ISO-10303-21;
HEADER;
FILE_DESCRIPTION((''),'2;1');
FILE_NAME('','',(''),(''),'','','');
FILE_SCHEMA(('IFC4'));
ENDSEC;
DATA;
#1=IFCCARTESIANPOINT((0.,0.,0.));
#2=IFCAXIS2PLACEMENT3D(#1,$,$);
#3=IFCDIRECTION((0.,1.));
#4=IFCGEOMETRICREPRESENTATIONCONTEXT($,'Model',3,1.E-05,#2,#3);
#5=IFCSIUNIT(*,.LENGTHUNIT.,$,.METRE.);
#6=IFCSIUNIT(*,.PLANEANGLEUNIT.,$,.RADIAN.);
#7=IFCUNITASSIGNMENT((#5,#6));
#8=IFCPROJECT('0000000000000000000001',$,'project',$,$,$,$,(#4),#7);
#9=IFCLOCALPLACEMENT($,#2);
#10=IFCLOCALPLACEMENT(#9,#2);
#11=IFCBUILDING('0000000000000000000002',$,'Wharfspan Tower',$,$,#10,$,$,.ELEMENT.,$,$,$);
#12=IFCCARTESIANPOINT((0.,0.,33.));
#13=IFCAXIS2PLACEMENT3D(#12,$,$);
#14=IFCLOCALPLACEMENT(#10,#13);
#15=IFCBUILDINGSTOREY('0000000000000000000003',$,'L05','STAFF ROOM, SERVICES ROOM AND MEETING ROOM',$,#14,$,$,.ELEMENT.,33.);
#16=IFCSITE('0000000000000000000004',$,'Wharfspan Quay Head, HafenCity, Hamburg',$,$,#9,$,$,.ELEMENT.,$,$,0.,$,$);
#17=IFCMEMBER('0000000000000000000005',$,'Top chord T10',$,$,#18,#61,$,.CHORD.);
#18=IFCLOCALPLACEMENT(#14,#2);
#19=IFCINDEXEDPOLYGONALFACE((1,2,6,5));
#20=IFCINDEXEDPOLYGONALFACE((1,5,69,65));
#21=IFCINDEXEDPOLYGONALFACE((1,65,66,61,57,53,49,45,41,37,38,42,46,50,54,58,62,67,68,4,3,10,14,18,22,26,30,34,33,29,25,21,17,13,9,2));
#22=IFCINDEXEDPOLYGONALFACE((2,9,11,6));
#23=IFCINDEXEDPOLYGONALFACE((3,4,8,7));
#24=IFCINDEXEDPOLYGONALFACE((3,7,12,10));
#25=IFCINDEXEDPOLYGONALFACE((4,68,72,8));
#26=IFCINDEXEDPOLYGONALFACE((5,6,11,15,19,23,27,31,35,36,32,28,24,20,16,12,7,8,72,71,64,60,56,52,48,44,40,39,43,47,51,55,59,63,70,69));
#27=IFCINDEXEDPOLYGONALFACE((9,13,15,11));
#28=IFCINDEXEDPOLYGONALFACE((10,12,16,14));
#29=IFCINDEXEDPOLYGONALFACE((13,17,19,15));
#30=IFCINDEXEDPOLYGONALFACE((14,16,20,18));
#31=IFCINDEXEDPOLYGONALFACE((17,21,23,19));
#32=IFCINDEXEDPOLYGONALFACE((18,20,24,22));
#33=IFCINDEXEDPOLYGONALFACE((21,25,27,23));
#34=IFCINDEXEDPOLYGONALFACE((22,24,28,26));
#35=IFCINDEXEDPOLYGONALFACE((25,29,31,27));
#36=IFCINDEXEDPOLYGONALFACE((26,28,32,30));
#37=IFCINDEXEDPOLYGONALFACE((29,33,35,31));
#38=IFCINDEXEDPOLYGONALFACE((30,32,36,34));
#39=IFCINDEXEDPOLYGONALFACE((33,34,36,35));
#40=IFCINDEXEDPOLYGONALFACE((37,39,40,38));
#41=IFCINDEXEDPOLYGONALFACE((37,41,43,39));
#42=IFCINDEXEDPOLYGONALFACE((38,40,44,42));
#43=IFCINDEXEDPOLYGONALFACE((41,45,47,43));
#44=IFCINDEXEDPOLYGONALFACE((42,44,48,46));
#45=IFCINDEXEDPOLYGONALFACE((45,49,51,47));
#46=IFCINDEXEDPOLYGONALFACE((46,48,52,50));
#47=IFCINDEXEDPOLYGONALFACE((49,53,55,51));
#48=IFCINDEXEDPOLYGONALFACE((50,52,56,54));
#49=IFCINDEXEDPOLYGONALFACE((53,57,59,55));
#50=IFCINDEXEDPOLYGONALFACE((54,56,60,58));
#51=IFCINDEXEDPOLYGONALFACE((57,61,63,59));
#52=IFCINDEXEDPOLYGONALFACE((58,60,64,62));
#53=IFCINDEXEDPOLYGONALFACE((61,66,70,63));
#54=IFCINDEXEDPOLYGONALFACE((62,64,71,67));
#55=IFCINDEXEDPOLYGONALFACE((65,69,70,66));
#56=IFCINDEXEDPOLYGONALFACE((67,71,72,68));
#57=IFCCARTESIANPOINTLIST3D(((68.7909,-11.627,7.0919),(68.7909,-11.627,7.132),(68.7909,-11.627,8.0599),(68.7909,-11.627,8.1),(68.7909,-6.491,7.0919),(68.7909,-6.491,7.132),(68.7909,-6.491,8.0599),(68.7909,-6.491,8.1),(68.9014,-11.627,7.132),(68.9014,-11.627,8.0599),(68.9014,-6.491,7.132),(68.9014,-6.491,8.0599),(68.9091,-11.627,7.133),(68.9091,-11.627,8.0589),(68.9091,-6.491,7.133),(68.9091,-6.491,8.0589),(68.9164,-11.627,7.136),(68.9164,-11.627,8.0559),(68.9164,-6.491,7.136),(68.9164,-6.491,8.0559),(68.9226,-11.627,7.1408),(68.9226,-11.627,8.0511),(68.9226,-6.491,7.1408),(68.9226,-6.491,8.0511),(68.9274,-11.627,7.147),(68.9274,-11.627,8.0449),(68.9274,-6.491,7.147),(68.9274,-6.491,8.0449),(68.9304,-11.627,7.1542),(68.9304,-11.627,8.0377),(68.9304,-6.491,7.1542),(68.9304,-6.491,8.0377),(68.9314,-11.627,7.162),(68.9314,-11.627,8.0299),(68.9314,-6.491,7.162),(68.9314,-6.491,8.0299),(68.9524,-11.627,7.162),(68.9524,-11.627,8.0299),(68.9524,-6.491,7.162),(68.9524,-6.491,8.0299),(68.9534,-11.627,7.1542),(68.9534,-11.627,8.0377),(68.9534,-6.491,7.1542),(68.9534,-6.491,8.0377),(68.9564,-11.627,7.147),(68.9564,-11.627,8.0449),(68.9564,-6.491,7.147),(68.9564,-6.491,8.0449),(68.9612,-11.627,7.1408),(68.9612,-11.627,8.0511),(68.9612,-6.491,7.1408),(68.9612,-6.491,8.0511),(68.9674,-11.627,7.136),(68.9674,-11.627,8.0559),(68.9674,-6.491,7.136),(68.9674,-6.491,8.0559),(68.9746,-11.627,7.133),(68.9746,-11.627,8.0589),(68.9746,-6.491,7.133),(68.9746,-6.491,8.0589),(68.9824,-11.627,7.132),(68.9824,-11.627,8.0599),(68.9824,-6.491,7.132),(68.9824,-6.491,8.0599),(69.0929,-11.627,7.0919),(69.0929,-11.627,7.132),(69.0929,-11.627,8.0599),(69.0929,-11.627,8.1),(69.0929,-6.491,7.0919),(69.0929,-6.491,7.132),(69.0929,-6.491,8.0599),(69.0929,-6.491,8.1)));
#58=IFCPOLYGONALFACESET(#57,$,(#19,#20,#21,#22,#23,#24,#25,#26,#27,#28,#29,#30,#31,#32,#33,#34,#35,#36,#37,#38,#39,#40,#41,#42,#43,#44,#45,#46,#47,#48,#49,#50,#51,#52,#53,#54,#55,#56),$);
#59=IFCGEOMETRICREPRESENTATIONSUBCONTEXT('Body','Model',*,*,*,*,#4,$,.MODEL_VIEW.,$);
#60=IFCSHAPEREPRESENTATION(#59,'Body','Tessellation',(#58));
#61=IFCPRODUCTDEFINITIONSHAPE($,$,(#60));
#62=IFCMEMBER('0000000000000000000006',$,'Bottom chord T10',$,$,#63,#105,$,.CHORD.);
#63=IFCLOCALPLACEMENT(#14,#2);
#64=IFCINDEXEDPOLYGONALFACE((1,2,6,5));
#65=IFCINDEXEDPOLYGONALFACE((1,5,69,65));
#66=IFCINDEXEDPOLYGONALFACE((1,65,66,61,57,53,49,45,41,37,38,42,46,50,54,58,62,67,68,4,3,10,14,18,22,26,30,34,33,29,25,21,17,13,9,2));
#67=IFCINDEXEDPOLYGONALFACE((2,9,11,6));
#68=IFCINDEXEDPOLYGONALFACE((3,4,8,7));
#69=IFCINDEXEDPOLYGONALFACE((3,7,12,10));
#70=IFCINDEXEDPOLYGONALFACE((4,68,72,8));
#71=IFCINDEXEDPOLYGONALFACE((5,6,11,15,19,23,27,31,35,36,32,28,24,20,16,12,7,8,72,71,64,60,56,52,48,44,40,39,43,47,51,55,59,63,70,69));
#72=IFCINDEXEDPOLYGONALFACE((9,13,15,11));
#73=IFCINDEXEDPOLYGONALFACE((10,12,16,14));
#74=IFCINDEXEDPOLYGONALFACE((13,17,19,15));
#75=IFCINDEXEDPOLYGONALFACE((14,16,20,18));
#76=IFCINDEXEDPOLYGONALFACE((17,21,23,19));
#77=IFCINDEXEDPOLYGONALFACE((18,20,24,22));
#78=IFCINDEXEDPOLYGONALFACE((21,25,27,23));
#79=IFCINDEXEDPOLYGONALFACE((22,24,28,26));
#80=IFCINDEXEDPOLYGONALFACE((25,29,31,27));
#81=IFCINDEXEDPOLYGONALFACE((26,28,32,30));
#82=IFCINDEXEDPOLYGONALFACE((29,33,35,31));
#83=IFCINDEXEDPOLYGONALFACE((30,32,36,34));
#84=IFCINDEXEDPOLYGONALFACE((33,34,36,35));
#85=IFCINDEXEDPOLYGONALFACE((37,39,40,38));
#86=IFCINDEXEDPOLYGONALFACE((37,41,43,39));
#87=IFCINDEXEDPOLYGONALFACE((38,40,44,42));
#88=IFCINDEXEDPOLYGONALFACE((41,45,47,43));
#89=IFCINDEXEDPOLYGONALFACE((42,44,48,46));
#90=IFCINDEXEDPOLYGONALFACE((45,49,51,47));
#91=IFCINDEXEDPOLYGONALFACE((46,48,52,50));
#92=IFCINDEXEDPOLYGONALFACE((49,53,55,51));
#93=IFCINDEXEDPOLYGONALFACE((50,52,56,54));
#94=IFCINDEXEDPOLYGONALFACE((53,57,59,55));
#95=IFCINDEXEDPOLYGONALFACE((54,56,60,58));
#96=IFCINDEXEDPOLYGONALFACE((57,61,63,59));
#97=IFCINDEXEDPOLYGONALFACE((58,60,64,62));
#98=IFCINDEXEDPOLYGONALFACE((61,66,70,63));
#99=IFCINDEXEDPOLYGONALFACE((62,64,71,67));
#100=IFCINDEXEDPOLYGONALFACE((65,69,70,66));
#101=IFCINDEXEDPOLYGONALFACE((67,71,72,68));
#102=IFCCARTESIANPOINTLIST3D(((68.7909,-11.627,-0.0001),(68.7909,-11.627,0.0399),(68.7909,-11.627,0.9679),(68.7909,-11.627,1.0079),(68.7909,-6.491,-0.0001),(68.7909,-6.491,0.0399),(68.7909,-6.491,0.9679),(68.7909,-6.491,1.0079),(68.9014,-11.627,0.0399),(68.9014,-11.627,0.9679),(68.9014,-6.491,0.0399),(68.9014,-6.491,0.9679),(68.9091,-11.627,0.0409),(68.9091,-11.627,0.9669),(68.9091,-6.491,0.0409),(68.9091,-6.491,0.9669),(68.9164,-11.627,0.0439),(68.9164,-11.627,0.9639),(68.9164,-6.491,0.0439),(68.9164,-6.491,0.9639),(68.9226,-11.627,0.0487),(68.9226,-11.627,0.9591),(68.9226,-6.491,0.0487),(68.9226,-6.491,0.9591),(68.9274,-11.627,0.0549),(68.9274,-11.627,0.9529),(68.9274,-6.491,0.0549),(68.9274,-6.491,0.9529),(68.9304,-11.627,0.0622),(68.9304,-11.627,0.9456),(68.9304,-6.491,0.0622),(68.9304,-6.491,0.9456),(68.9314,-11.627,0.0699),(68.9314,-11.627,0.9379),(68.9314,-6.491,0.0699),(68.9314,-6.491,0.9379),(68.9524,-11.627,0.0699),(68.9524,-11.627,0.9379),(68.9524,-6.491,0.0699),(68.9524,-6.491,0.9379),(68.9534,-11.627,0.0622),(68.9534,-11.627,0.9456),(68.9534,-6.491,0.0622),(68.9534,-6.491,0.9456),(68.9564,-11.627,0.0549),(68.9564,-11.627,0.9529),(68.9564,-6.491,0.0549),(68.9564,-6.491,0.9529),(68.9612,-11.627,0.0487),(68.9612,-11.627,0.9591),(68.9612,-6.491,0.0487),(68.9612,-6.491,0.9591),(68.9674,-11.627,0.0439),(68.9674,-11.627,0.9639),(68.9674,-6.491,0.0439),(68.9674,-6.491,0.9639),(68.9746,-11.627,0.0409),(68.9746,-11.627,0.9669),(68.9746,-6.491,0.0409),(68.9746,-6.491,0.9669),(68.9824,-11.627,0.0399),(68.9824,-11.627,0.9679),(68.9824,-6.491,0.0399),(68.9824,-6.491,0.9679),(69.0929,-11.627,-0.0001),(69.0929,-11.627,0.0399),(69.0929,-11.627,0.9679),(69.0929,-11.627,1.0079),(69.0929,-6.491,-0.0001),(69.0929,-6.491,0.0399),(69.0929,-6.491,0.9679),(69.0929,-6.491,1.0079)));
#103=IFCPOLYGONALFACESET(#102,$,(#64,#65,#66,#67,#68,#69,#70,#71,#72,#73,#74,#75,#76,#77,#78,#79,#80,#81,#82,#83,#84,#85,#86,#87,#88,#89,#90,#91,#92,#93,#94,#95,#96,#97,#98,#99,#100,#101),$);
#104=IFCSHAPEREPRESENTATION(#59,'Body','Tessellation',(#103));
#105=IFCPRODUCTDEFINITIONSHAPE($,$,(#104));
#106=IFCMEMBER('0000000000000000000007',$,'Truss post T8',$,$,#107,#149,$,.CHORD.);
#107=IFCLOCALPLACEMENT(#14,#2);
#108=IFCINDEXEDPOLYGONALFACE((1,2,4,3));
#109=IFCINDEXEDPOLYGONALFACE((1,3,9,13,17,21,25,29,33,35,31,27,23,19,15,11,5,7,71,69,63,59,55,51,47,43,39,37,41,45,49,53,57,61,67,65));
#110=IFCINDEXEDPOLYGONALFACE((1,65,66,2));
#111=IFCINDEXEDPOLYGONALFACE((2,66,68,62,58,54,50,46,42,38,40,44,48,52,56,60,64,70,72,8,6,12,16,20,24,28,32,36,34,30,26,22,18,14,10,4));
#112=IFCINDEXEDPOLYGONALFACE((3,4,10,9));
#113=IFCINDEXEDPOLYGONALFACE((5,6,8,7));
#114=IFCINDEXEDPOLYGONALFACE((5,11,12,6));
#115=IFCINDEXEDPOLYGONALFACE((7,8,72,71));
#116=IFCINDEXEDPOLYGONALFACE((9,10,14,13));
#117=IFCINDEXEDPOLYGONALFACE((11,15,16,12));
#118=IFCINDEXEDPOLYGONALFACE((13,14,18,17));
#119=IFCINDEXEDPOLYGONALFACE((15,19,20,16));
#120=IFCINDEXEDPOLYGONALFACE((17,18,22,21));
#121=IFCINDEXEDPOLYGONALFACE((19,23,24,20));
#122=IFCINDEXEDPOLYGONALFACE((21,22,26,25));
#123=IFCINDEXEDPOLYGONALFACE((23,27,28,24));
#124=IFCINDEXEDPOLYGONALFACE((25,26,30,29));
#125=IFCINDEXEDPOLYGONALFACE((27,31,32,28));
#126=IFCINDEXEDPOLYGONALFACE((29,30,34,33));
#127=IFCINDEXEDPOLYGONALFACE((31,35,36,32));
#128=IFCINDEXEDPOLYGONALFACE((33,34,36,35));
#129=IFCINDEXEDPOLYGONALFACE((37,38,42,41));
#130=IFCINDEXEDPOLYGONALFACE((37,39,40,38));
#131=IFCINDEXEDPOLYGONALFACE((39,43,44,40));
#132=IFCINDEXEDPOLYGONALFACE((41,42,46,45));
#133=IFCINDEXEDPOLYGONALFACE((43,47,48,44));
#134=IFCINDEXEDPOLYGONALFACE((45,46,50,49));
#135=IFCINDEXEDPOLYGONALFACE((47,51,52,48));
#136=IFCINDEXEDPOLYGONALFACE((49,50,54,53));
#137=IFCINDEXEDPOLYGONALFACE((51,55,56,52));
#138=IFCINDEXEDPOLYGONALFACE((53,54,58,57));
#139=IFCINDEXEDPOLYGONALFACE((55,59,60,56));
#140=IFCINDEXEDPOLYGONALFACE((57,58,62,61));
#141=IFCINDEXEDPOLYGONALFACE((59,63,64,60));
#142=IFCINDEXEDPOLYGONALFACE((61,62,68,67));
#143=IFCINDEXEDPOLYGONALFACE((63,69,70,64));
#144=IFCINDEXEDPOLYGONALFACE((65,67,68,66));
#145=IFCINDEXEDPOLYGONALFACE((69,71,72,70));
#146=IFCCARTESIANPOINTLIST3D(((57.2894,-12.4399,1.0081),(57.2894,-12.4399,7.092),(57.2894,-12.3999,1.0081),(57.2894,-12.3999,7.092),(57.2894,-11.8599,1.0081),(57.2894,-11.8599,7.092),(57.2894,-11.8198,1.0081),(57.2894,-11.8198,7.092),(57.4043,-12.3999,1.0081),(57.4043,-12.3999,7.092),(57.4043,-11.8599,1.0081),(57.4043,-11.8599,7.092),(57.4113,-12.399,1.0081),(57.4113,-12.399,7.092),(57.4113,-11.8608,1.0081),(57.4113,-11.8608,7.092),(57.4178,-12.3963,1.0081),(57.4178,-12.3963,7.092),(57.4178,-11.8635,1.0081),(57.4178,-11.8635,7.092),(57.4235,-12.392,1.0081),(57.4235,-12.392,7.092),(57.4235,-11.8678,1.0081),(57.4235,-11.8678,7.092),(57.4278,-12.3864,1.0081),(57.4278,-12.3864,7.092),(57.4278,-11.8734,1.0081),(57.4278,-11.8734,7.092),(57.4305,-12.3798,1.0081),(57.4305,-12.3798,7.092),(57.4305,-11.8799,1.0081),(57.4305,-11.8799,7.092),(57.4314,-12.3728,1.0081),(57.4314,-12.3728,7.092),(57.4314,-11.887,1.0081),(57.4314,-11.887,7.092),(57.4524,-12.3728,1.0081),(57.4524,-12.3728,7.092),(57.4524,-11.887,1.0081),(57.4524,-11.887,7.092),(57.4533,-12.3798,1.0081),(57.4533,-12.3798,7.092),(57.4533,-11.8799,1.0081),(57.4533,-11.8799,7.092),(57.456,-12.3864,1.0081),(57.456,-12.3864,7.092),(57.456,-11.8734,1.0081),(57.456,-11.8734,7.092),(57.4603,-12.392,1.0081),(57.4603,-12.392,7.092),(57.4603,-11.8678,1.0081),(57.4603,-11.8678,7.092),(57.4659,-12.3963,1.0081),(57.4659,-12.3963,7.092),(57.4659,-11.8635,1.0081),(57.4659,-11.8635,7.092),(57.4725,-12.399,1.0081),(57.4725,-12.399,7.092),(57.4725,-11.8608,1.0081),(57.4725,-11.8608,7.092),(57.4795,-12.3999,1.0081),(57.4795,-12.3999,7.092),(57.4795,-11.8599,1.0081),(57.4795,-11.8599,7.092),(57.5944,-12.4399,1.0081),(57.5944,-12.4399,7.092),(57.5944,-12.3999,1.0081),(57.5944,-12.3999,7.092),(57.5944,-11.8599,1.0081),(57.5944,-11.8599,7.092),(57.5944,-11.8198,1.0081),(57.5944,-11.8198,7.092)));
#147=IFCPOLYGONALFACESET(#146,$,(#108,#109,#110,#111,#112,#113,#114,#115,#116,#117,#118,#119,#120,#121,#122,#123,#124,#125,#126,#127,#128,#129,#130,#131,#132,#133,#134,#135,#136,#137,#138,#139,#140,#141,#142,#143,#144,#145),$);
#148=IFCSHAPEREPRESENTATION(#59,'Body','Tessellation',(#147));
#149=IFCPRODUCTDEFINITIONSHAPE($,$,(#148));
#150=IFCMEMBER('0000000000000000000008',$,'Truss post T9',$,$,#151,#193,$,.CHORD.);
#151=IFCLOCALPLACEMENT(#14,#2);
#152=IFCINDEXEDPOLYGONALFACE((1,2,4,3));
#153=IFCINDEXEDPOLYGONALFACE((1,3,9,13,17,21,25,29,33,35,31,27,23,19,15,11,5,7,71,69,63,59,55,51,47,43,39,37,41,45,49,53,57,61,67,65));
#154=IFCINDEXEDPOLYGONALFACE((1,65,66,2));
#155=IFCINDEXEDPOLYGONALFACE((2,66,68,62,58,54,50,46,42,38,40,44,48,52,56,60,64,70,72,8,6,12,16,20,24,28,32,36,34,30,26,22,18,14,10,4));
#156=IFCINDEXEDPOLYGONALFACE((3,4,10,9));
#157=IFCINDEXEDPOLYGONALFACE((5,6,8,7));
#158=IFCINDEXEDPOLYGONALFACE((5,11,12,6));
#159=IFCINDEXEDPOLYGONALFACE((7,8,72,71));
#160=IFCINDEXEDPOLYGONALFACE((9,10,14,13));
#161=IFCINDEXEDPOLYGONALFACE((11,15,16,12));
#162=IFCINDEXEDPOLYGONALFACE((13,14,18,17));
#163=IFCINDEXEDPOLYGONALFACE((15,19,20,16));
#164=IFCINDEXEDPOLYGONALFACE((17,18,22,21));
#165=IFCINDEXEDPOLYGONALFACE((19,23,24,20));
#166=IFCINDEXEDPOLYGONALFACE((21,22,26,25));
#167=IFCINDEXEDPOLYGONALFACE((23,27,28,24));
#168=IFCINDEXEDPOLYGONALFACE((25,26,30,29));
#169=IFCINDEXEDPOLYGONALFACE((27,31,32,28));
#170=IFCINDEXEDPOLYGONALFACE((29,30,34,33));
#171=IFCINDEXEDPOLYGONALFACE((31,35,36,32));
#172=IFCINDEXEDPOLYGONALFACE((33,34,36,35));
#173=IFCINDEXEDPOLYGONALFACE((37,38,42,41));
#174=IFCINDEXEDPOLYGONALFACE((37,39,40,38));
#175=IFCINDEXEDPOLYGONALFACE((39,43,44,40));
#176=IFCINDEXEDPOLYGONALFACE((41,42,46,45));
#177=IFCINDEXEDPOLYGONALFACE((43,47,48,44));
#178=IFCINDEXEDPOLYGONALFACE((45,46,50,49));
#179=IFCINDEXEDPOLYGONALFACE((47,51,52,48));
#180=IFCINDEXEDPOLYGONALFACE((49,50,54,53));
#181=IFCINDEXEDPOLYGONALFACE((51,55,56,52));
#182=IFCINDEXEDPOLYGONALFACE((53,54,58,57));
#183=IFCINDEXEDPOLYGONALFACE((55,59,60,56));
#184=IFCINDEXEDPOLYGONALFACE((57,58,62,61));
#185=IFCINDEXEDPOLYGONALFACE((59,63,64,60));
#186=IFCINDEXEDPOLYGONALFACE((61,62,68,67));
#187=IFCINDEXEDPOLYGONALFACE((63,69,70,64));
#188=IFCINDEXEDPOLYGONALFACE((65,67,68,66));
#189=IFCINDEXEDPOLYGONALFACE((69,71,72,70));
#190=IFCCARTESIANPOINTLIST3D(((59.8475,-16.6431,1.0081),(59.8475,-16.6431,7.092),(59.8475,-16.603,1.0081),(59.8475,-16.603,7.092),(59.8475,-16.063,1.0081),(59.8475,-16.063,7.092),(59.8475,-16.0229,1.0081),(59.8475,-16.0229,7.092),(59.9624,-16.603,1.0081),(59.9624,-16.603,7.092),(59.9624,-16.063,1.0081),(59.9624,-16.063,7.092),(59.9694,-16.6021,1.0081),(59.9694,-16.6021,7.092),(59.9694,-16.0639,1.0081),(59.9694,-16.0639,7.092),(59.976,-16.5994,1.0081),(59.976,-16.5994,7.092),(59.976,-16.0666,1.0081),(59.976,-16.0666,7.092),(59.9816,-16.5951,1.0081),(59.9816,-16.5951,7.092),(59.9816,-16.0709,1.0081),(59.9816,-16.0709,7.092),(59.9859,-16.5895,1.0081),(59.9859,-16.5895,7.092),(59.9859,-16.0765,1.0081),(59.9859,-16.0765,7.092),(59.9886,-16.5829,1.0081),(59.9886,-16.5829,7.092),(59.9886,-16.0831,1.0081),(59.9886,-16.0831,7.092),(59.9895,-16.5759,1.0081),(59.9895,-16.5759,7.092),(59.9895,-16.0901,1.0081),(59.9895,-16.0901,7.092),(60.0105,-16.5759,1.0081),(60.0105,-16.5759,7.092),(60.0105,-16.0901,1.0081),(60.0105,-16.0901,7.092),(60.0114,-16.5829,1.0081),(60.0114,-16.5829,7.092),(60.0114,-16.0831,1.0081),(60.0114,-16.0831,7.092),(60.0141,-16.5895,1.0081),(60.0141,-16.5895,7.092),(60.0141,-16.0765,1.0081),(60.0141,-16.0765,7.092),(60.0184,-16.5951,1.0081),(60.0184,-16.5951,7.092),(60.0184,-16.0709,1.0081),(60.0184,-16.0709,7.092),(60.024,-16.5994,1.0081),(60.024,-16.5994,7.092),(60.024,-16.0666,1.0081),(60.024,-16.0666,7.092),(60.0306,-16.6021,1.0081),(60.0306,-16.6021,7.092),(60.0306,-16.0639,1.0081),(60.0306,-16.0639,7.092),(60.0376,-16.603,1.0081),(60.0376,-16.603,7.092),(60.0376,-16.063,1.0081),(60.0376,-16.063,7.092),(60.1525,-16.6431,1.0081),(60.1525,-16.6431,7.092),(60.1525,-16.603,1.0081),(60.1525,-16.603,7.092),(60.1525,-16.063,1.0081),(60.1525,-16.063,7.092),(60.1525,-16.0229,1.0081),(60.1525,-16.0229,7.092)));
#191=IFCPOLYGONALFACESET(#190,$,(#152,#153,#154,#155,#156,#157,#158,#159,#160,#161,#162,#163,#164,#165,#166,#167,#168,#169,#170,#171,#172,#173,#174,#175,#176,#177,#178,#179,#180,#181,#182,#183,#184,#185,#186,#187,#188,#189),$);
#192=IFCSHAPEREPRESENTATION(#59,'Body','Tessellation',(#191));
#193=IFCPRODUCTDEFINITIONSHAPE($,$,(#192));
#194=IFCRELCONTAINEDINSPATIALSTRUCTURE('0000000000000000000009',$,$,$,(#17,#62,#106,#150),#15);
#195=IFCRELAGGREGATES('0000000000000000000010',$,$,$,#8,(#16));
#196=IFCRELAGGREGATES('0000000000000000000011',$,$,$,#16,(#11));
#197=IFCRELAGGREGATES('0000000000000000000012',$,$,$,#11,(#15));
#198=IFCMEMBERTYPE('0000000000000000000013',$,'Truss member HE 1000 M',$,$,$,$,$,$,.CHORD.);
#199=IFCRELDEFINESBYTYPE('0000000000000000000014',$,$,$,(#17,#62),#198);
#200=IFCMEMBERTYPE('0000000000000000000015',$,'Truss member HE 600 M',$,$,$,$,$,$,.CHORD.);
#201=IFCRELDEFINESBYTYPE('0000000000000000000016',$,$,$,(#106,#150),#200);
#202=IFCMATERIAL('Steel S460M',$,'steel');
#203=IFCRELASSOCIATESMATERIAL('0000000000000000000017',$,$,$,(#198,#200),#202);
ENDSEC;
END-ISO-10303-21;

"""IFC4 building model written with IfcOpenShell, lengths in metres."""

from ifc_helpers import new_model, si_unit, direction, frame, origin, origin_2d, place, context, subcontext, project, spatial, i_section, extrude, material, material_profile, profile_set, type_object, element, save


model = new_model("IFC4")

# Units and contexts
model_context = context("Model", 3, precision=1e-05, world=origin(), true_north=direction((0.0, 1.0)))
body_context = subcontext(model_context, "Body", "Model", "MODEL_VIEW")
ifc_project = project(units=[si_unit("LENGTHUNIT", "METRE"), si_unit("PLANEANGLEUNIT", "RADIAN")], contexts=[model_context])

# Site, building, storey
site_placement = place(None, origin())
site = spatial("IfcSite", under=ifc_project, at=site_placement, Name="Wharfspan Quay Head, HafenCity, Hamburg", CompositionType="ELEMENT", RefElevation=0.0)
building_placement = place(site_placement, origin())
building = spatial("IfcBuilding", under=site, at=building_placement, Name="Wharfspan Tower", CompositionType="ELEMENT")
storey_placement = place(building_placement, frame((0.0, 0.0, 33.0)))
storey = spatial("IfcBuildingStorey", under=building, at=storey_placement, Name="L05", Description="STAFF ROOM, SERVICES ROOM AND MEETING ROOM", CompositionType="ELEMENT", Elevation=33.0)

# Members
ifc_material_1 = material(Name="Steel S460M", Category="steel")
ifc_material_profile_1 = material_profile(ifc_material_1, i_section(OverallWidth=0.302, OverallDepth=1.0081, WebThickness=0.021, FlangeThickness=0.04, FilletRadius=0.03, at=origin_2d()))
ifc_profile_set_1 = profile_set([ifc_material_profile_1], Name="Steel S460M")
member_type_1 = type_object("IfcMemberType", Name="Truss member HE 1000 M", PredefinedType="CHORD", material=ifc_profile_set_1)
for number, where, z_axis, x_axis, name in (
    (1, (68.9419, -11.627, 7.5959), (0.0, 1.0, 0.0), (-1.0, 0.0, 0.0), "Top chord T10"),
    (2, (68.9419, -11.627, 0.5039), (0.0, 1.0, 0.0), (-1.0, 0.0, 0.0), "Bottom chord T10"),
):
    element("IfcMember", number, at=place(storey_placement, frame(where, z_axis=z_axis, x_axis=x_axis)), inside=storey, type_object=member_type_1, Name=name, PredefinedType="CHORD", context=body_context, shape_type="SweptSolid", body=[
        extrude(i_section(OverallWidth=0.302, OverallDepth=1.0081, WebThickness=0.021, FlangeThickness=0.04, FilletRadius=0.03, at=origin_2d()), origin(), (0.0, 0.0, 1.0), 5.136),
    ])
ifc_material_profile_2 = material_profile(ifc_material_1, i_section(OverallWidth=0.3049, OverallDepth=0.6201, WebThickness=0.021, FlangeThickness=0.04, FilletRadius=0.0271, at=origin_2d()))
ifc_profile_set_2 = profile_set([ifc_material_profile_2], Name="Steel S460M")
member_type_2 = type_object("IfcMemberType", Name="Truss member HE 600 M", PredefinedType="CHORD", material=ifc_profile_set_2)
for number, where, z_axis, x_axis, name in (
    (3, (57.4419, -12.1299, 1.0081), (0.0, 0.0, 1.0), (1.0, 0.0, 0.0), "Truss post T8"),
    (4, (60.0, -16.333, 1.0081), (0.0, 0.0, 1.0), (1.0, 0.0, 0.0), "Truss post T9"),
):
    element("IfcMember", number, at=place(storey_placement, frame(where, z_axis=z_axis, x_axis=x_axis)), inside=storey, type_object=member_type_2, Name=name, PredefinedType="CHORD", context=body_context, shape_type="SweptSolid", body=[
        extrude(i_section(OverallWidth=0.3049, OverallDepth=0.6201, WebThickness=0.021, FlangeThickness=0.04, FilletRadius=0.0271, at=origin_2d()), origin(), (0.0, 0.0, 1.0), 6.084),
    ])

save(model, "model.ifc")
